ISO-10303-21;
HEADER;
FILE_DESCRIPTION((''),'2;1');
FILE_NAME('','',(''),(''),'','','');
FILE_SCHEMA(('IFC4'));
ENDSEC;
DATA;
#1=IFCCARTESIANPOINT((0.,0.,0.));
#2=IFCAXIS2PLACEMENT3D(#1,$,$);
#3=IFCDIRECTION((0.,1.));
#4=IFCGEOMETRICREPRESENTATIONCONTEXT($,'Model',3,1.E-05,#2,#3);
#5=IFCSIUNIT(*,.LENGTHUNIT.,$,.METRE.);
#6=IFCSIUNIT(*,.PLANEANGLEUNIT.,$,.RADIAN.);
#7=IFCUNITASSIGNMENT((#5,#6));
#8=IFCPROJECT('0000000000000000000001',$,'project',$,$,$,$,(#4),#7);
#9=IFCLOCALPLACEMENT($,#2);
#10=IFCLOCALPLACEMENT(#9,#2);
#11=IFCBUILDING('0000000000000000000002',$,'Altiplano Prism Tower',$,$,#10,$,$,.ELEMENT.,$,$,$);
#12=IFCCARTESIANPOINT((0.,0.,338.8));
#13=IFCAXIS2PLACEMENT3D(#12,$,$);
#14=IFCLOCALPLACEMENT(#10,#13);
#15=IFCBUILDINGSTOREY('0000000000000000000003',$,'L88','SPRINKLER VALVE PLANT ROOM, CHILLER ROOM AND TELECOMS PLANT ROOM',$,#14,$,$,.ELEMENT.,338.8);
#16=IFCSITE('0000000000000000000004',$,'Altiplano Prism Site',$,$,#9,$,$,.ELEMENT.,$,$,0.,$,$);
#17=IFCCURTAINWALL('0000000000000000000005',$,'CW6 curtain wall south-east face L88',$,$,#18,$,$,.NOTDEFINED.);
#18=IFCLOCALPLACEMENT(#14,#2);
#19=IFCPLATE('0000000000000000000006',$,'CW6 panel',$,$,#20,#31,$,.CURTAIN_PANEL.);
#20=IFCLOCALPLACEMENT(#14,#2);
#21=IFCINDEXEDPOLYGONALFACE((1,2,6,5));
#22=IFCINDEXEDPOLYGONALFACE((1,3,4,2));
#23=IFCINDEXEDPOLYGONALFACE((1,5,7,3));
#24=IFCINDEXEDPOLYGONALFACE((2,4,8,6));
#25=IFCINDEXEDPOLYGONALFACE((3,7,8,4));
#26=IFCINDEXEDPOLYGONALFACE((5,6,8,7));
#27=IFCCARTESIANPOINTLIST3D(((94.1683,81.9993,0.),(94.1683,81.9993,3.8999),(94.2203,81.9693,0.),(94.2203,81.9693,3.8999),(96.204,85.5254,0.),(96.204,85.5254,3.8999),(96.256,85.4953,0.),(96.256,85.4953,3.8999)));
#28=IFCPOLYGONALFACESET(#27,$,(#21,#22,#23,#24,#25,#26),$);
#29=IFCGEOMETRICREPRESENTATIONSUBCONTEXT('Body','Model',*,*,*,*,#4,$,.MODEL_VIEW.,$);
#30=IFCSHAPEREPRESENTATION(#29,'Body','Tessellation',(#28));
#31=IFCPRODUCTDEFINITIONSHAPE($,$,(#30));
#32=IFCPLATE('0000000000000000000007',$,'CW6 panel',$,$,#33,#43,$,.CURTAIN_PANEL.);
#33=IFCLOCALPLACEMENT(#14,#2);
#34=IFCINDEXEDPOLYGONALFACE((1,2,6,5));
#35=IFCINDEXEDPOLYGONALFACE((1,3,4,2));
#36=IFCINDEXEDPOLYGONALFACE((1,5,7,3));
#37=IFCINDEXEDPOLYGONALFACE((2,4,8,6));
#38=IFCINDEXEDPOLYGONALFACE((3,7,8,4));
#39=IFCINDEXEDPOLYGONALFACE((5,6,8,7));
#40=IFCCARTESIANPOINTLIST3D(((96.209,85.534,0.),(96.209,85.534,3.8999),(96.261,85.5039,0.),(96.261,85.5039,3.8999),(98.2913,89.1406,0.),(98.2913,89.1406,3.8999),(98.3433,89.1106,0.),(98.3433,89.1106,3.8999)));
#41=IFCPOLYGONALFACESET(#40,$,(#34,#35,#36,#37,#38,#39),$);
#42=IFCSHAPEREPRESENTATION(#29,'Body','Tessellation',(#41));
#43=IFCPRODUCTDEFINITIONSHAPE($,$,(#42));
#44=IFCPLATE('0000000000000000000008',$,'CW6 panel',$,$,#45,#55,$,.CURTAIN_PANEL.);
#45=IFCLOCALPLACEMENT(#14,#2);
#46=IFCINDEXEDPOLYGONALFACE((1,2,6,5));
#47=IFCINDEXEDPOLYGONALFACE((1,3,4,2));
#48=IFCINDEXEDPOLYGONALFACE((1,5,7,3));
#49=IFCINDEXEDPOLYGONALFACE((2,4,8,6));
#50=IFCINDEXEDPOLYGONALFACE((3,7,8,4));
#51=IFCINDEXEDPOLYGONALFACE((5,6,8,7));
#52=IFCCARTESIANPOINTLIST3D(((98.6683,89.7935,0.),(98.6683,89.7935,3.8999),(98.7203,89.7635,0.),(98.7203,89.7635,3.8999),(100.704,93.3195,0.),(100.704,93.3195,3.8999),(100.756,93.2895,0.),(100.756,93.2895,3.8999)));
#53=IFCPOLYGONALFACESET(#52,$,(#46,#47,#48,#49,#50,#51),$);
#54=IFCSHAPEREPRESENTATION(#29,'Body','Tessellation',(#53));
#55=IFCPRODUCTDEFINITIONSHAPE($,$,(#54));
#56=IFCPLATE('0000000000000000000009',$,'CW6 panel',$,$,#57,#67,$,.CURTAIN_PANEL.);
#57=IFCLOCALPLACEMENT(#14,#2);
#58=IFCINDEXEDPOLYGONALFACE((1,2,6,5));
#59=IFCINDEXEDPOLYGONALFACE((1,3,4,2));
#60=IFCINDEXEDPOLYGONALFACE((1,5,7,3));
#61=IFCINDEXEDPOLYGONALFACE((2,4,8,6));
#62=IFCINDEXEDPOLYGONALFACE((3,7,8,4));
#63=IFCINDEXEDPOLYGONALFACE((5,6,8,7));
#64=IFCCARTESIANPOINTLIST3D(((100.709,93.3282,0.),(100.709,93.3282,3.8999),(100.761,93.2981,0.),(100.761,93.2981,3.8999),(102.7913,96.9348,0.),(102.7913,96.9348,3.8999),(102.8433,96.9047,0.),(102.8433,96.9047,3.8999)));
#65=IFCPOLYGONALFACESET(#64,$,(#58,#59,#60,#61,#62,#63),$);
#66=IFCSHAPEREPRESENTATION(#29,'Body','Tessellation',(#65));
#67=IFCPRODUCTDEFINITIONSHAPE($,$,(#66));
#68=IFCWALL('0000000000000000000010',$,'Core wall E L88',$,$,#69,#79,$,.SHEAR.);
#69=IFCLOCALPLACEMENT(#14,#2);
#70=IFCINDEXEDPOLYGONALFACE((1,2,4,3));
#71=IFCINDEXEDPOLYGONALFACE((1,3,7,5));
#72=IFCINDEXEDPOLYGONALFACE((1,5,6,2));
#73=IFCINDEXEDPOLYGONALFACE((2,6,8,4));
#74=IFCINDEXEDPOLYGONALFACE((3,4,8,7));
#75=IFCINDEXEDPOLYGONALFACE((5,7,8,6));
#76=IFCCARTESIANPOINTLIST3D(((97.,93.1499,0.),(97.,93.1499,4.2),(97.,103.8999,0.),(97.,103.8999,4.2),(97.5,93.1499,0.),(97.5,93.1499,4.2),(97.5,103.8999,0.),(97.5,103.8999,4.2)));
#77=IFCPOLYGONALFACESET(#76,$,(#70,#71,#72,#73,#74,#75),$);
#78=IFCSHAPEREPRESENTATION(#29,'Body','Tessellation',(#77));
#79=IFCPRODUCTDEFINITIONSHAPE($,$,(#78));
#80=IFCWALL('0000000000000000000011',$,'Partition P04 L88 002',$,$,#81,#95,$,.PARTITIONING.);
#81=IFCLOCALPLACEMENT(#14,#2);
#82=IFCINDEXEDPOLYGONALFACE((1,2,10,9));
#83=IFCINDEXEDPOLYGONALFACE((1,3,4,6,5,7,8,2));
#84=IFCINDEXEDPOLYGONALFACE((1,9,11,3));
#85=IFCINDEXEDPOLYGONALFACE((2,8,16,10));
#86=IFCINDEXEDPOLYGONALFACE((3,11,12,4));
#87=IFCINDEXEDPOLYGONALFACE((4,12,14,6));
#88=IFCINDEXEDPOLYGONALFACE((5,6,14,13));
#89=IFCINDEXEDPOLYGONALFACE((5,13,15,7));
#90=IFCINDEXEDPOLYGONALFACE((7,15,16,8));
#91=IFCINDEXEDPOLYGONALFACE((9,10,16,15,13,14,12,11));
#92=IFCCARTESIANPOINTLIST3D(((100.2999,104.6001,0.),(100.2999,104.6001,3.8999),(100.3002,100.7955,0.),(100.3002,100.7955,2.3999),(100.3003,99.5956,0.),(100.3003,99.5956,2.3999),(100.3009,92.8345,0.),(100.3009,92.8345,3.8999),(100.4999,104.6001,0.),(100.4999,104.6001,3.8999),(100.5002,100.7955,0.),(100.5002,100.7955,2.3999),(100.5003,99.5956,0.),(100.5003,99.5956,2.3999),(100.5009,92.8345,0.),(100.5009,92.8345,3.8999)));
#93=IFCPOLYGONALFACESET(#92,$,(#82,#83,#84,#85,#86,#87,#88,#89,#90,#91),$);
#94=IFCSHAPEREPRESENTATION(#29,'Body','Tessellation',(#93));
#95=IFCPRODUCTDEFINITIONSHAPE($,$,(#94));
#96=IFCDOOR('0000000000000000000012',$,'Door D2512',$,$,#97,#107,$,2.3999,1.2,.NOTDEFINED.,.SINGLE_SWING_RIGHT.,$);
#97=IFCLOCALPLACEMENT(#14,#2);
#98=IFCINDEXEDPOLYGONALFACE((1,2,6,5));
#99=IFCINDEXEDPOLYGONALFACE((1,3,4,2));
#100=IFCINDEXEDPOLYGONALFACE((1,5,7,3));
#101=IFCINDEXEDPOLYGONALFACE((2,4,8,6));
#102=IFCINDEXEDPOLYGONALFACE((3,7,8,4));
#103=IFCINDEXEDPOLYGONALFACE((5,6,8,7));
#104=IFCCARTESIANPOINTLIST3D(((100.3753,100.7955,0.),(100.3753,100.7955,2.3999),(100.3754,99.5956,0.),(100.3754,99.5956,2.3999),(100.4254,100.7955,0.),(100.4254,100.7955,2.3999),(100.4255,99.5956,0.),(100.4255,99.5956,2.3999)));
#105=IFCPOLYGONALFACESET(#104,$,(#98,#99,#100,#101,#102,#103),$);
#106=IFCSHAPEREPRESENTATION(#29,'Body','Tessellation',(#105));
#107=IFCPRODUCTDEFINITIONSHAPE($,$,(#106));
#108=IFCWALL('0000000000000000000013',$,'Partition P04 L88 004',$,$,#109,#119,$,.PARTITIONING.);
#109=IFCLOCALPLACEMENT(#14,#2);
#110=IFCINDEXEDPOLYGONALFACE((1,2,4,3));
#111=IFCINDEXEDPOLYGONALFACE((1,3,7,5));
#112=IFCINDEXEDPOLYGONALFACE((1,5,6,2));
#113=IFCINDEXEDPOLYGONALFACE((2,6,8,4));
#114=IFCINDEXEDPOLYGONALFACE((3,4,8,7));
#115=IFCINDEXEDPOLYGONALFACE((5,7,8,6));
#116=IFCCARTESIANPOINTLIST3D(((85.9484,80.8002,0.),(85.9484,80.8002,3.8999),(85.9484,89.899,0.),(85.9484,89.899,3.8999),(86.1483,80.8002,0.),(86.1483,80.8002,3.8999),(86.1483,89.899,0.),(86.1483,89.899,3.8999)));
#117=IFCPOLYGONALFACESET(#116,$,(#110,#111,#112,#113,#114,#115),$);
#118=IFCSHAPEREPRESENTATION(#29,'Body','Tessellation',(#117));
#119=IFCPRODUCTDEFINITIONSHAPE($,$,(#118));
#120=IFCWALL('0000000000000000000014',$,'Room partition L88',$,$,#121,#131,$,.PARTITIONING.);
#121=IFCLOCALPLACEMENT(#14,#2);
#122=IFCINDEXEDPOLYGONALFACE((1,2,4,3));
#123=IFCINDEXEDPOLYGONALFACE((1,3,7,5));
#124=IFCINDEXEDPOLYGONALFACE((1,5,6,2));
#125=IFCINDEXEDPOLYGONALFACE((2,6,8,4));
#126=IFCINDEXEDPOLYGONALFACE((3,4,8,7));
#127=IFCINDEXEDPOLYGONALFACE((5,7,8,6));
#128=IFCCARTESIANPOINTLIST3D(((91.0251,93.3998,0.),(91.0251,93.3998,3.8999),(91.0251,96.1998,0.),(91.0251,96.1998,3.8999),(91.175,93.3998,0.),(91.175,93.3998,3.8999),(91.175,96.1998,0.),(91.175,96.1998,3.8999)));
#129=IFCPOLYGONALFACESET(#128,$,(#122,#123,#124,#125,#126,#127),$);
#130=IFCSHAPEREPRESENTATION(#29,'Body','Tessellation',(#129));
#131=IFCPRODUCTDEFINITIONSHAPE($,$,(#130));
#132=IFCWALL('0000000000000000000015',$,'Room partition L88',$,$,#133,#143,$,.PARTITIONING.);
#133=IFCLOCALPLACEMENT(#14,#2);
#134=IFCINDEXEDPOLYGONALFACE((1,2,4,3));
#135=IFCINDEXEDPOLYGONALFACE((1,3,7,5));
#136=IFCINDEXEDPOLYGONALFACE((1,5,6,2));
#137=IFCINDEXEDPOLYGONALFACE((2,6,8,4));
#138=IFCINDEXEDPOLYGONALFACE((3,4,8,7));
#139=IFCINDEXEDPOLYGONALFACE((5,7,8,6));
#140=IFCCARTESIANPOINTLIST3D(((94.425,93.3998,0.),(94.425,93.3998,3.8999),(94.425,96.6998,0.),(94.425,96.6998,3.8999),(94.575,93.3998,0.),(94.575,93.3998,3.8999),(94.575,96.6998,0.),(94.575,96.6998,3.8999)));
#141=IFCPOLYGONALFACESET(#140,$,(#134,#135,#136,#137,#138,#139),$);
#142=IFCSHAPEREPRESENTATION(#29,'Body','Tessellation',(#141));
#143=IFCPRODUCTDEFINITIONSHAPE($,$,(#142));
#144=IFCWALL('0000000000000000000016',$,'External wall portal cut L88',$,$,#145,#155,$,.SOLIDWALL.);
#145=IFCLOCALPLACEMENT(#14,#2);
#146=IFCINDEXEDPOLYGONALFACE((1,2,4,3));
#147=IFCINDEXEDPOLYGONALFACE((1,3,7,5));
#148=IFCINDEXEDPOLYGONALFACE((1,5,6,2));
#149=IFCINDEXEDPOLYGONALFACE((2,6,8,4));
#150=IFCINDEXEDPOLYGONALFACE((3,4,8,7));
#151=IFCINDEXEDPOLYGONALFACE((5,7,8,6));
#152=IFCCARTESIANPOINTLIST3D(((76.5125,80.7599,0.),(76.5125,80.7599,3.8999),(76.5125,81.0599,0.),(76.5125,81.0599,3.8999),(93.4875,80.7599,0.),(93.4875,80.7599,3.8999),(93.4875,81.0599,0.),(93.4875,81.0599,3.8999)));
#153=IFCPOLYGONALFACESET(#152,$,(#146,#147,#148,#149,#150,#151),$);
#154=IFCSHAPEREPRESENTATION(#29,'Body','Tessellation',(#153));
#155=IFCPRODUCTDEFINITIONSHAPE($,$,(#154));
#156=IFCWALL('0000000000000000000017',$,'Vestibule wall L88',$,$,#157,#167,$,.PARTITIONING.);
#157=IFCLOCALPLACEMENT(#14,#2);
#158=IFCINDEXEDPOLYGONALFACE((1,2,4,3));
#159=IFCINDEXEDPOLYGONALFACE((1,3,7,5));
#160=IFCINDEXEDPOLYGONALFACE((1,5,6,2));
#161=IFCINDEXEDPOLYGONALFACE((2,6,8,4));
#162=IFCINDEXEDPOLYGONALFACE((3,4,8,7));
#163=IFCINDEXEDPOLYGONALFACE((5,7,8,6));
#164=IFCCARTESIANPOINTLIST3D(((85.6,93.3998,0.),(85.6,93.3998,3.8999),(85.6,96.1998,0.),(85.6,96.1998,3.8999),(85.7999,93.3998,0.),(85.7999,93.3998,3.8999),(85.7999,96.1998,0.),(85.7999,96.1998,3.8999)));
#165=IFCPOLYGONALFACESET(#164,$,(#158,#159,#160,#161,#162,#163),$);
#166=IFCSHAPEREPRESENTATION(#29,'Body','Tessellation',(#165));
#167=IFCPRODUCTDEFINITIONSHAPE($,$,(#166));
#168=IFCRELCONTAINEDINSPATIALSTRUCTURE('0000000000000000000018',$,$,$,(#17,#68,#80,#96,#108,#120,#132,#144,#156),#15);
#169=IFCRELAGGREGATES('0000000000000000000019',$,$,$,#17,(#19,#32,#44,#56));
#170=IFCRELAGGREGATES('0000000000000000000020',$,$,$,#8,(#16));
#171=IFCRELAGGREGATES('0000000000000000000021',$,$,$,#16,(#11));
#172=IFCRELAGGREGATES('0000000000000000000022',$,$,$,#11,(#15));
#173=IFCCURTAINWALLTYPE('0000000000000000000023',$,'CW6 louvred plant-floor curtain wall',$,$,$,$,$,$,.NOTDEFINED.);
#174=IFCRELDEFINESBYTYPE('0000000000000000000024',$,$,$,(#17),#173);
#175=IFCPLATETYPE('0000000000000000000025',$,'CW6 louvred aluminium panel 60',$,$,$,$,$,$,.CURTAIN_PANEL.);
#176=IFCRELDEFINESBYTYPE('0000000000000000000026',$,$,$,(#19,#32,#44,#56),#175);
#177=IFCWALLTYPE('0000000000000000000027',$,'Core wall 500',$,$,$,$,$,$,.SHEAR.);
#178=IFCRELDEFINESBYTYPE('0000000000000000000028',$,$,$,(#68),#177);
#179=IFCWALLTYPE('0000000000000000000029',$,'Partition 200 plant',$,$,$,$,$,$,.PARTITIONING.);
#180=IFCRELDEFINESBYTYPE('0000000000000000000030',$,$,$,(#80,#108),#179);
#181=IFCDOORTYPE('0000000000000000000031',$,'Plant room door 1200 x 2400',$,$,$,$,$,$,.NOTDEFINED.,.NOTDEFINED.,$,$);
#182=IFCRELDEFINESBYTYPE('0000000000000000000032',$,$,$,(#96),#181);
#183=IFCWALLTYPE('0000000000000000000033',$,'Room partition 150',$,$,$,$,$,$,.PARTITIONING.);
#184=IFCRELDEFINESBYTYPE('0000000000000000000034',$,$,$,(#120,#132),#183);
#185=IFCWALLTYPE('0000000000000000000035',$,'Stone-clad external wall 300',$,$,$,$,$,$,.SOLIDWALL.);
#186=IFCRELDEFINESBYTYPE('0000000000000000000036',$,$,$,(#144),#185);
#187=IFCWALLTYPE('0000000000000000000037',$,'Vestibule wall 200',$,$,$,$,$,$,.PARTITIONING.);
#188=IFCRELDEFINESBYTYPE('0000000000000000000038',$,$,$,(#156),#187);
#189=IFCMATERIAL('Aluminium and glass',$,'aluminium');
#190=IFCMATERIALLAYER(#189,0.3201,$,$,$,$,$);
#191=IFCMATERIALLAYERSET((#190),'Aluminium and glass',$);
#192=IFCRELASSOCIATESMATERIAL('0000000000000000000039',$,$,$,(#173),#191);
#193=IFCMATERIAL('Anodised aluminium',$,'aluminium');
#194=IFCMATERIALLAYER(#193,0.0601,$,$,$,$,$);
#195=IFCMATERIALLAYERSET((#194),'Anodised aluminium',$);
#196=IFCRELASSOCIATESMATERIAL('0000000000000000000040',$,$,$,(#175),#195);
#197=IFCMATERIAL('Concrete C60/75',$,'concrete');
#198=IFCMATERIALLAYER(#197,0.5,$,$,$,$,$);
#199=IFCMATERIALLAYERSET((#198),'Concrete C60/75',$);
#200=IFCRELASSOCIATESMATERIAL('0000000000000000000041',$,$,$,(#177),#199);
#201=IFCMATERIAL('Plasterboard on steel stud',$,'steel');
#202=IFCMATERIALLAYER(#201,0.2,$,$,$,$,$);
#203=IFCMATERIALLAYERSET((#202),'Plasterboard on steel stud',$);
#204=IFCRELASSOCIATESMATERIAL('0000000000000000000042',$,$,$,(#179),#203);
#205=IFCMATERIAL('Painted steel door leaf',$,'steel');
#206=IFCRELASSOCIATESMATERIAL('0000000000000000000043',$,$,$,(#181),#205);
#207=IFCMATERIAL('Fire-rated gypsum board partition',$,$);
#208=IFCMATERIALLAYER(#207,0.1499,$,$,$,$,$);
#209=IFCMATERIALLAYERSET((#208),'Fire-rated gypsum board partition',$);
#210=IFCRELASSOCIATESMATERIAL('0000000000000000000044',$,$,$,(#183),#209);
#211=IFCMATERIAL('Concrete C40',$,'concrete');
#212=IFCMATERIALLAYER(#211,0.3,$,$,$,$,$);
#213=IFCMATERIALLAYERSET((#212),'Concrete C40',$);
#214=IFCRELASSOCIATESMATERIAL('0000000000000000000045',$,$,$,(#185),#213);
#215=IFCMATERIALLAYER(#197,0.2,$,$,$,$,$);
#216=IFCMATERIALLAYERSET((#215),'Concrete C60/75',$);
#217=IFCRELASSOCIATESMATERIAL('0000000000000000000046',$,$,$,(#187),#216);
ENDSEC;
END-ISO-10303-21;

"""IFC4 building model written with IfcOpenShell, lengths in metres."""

from ifc_helpers import new_model, si_unit, direction, frame, frame_2d, origin, origin_2d, place, context, subcontext, project, spatial, rectangle, extrude, material, layer, layer_set, type_object, element, fill, aggregate, save


model = new_model("IFC4")

# Units and contexts
model_context = context("Model", 3, precision=1e-05, world=origin(), true_north=direction((0.0, 1.0)))
body_context = subcontext(model_context, "Body", "Model", "MODEL_VIEW")
ifc_project = project(units=[si_unit("LENGTHUNIT", "METRE"), si_unit("PLANEANGLEUNIT", "RADIAN")], contexts=[model_context])

# Site, building, storey
site_placement = place(None, origin())
site = spatial("IfcSite", under=ifc_project, at=site_placement, Name="Altiplano Prism Site", CompositionType="ELEMENT", RefElevation=0.0)
building_placement = place(site_placement, origin())
building = spatial("IfcBuilding", under=site, at=building_placement, Name="Altiplano Prism Tower", CompositionType="ELEMENT")
storey_placement = place(building_placement, frame((0.0, 0.0, 338.8)))
storey = spatial("IfcBuildingStorey", under=building, at=storey_placement, Name="L88", Description="SPRINKLER VALVE PLANT ROOM, CHILLER ROOM AND TELECOMS PLANT ROOM", CompositionType="ELEMENT", Elevation=338.8)

# Shared definitions
ifc_material_1 = material(Name="Concrete C60/75", Category="concrete")

# Curtain wall
ifc_material_2 = material(Name="Aluminium and glass", Category="aluminium")
ifc_layer_1 = layer(ifc_material_2, 0.3201)
ifc_layer_set_1 = layer_set([ifc_layer_1], Name="Aluminium and glass")
curtain_wall_type = type_object("IfcCurtainWallType", Name="CW6 louvred plant-floor curtain wall", PredefinedType="NOTDEFINED", material=ifc_layer_set_1)
curtain_wall_placement = place(storey_placement, origin())
curtain_wall = element("IfcCurtainWall", 1, at=curtain_wall_placement, inside=storey, type_object=curtain_wall_type, Name="CW6 curtain wall south-east face L88", PredefinedType="NOTDEFINED")

# Plates
ifc_material_3 = material(Name="Anodised aluminium", Category="aluminium")
ifc_layer_2 = layer(ifc_material_3, 0.0601)
ifc_layer_set_2 = layer_set([ifc_layer_2], Name="Anodised aluminium")
plate_type = type_object("IfcPlateType", Name="CW6 louvred aluminium panel 60", PredefinedType="CURTAIN_PANEL", material=ifc_layer_set_2)
plate_1_placement = place(storey_placement, frame((95.2122, 83.7473, 0.0), z_axis=(0.0, 0.0, 1.0), x_axis=(0.5, 0.866025, 0.0)))
plate_1 = element("IfcPlate", 2, at=plate_1_placement, type_object=plate_type, Name="CW6 panel", PredefinedType="CURTAIN_PANEL", context=body_context, shape_type="SweptSolid", body=[
    extrude(rectangle(XDim=4.0715, YDim=0.0601, at=origin_2d()), origin(), (0.0, 0.0, 1.0), 3.8999),
])
plate_2_placement = place(storey_placement, frame((97.2761, 87.3223, 0.0), z_axis=(0.0, 0.0, 1.0), x_axis=(0.5, 0.866025, 0.0)))
plate_2 = element("IfcPlate", 3, at=plate_2_placement, type_object=plate_type, Name="CW6 panel", PredefinedType="CURTAIN_PANEL", context=body_context, shape_type="SweptSolid", body=[
    extrude(rectangle(XDim=4.1646, YDim=0.0601, at=origin_2d()), origin(), (0.0, 0.0, 1.0), 3.8999),
])
plate_3_placement = place(storey_placement, frame((99.7122, 91.5415, 0.0), z_axis=(0.0, 0.0, 1.0), x_axis=(0.5, 0.866025, 0.0)))
plate_3 = element("IfcPlate", 4, at=plate_3_placement, type_object=plate_type, Name="CW6 panel", PredefinedType="CURTAIN_PANEL", context=body_context, shape_type="SweptSolid", body=[
    extrude(rectangle(XDim=4.0715, YDim=0.0601, at=origin_2d()), origin(), (0.0, 0.0, 1.0), 3.8999),
])
plate_4_placement = place(storey_placement, frame((101.7761, 95.1165, 0.0), z_axis=(0.0, 0.0, 1.0), x_axis=(0.5, 0.866025, 0.0)))
plate_4 = element("IfcPlate", 5, at=plate_4_placement, type_object=plate_type, Name="CW6 panel", PredefinedType="CURTAIN_PANEL", context=body_context, shape_type="SweptSolid", body=[
    extrude(rectangle(XDim=4.1646, YDim=0.0601, at=origin_2d()), origin(), (0.0, 0.0, 1.0), 3.8999),
])
aggregate(curtain_wall, [plate_1, plate_2, plate_3, plate_4])

# Wall
ifc_layer_3 = layer(ifc_material_1, 0.5)
ifc_layer_set_3 = layer_set([ifc_layer_3], Name="Concrete C60/75")
wall_type_1 = type_object("IfcWallType", Name="Core wall 500", PredefinedType="SHEAR", material=ifc_layer_set_3)
wall_1_placement = place(storey_placement, frame((97.25, 93.1499, 0.0), z_axis=(0.0, 0.0, 1.0), x_axis=(0.0, 1.0, 0.0)))
element("IfcWall", 6, at=wall_1_placement, inside=storey, type_object=wall_type_1, Name="Core wall E L88", PredefinedType="SHEAR", context=body_context, shape_type="SweptSolid", body=[
    extrude(rectangle(XDim=10.75, YDim=0.5, at=frame_2d((5.375, 0.0))), origin(), (0.0, 0.0, 1.0), 4.2),
])

# Wall, opening, door
ifc_material_4 = material(Name="Plasterboard on steel stud", Category="steel")
ifc_layer_4 = layer(ifc_material_4, 0.2)
ifc_layer_set_4 = layer_set([ifc_layer_4], Name="Plasterboard on steel stud")
wall_type_2 = type_object("IfcWallType", Name="Partition 200 plant", PredefinedType="PARTITIONING", material=ifc_layer_set_4)
wall_2_placement = place(storey_placement, frame((100.4009, 92.8345, 0.0), z_axis=(0.0, 0.0, 1.0), x_axis=(-0.000083, 1.0, 0.0)))
wall_2 = element("IfcWall", 7, at=wall_2_placement, inside=storey, type_object=wall_type_2, Name="Partition P04 L88 002", PredefinedType="PARTITIONING", context=body_context, shape_type="SweptSolid", body=[
    extrude(rectangle(XDim=11.7656, YDim=0.2, at=frame_2d((5.8828, 0.0))), origin(), (0.0, 0.0, 1.0), 3.8999),
])
opening_1_placement = place(wall_2_placement, frame((6.761, 0.0, 0.0)))
opening_1 = element("IfcOpeningElement", 8, at=opening_1_placement, cuts=wall_2, PredefinedType="OPENING", context=body_context, shape_type="SweptSolid", body=[
    extrude(rectangle(XDim=1.2, YDim=2.3999, at=frame_2d((0.6001, 1.2))), frame((0.0, 0.1104, 0.0), z_axis=(0.0, -1.0, 0.0), x_axis=(1.0, 0.0, 0.0)), (0.0, 0.0, 1.0), 0.2209),
])
ifc_material_5 = material(Name="Painted steel door leaf", Category="steel")
door_type_1 = type_object("IfcDoorType", Name="Plant room door 1200 x 2400", OperationType="NOTDEFINED", PredefinedType="NOTDEFINED", material=ifc_material_5)
door_1_placement = place(opening_1_placement, origin())
door_1 = element("IfcDoor", 9, at=door_1_placement, inside=storey, type_object=door_type_1, Name="Door D2512", OperationType="SINGLE_SWING_RIGHT", OverallHeight=2.3999, OverallWidth=1.2, PredefinedType="NOTDEFINED", context=body_context, shape_type="SweptSolid", body=[
    extrude(rectangle(XDim=1.2, YDim=2.3999, at=frame_2d((0.6001, 1.2))), frame((0.0, 0.0249, 0.0), z_axis=(0.0, -1.0, 0.0), x_axis=(1.0, 0.0, 0.0)), (0.0, 0.0, 1.0), 0.05),
])
fill(opening_1, door_1)

# Walls
wall_3_placement = place(storey_placement, frame((86.0483, 89.8989, 0.0), z_axis=(0.0, 0.0, 1.0), x_axis=(0.0, -1.0, 0.0)))
element("IfcWall", 10, at=wall_3_placement, inside=storey, type_object=wall_type_2, Name="Partition P04 L88 004", PredefinedType="PARTITIONING", context=body_context, shape_type="SweptSolid", body=[
    extrude(rectangle(XDim=9.0989, YDim=0.2, at=frame_2d((4.5493, 0.0))), origin(), (0.0, 0.0, 1.0), 3.8999),
])
ifc_material_6 = material(Name="Fire-rated gypsum board partition")
ifc_layer_5 = layer(ifc_material_6, 0.1499)
ifc_layer_set_5 = layer_set([ifc_layer_5], Name="Fire-rated gypsum board partition")
wall_type_3 = type_object("IfcWallType", Name="Room partition 150", PredefinedType="PARTITIONING", material=ifc_layer_set_5)
wall_4_placement = place(storey_placement, frame((91.1001, 93.3999, 0.0), z_axis=(0.0, 0.0, 1.0), x_axis=(0.0, 1.0, 0.0)))
element("IfcWall", 11, at=wall_4_placement, inside=storey, type_object=wall_type_3, Name="Room partition L88", PredefinedType="PARTITIONING", context=body_context, shape_type="SweptSolid", body=[
    extrude(rectangle(XDim=2.8, YDim=0.1499, at=frame_2d((1.3999, 0.0))), origin(), (0.0, 0.0, 1.0), 3.8999),
])
wall_5_placement = place(storey_placement, frame((94.5, 93.3999, 0.0), z_axis=(0.0, 0.0, 1.0), x_axis=(0.0, 1.0, 0.0)))
element("IfcWall", 12, at=wall_5_placement, inside=storey, type_object=wall_type_3, Name="Room partition L88", PredefinedType="PARTITIONING", context=body_context, shape_type="SweptSolid", body=[
    extrude(rectangle(XDim=3.3, YDim=0.1499, at=frame_2d((1.6499, 0.0))), origin(), (0.0, 0.0, 1.0), 3.8999),
])
ifc_material_7 = material(Name="Concrete C40", Category="concrete")
ifc_layer_6 = layer(ifc_material_7, 0.3)
ifc_layer_set_6 = layer_set([ifc_layer_6], Name="Concrete C40")
wall_type_4 = type_object("IfcWallType", Name="Stone-clad external wall 300", PredefinedType="SOLIDWALL", material=ifc_layer_set_6)
wall_6_placement = place(storey_placement, frame((93.4875, 80.9099, 0.0), z_axis=(0.0, 0.0, 1.0), x_axis=(-1.0, 0.0, 0.0)))
element("IfcWall", 13, at=wall_6_placement, inside=storey, type_object=wall_type_4, Name="External wall portal cut L88", PredefinedType="SOLIDWALL", context=body_context, shape_type="SweptSolid", body=[
    extrude(rectangle(XDim=16.9751, YDim=0.3, at=frame_2d((8.4875, 0.0))), origin(), (0.0, 0.0, 1.0), 3.8999),
])
ifc_layer_7 = layer(ifc_material_1, 0.2)
ifc_layer_set_7 = layer_set([ifc_layer_7], Name="Concrete C60/75")
wall_type_5 = type_object("IfcWallType", Name="Vestibule wall 200", PredefinedType="PARTITIONING", material=ifc_layer_set_7)
wall_7_placement = place(storey_placement, frame((85.7, 93.3999, 0.0), z_axis=(0.0, 0.0, 1.0), x_axis=(0.0, 1.0, 0.0)))
element("IfcWall", 14, at=wall_7_placement, inside=storey, type_object=wall_type_5, Name="Vestibule wall L88", PredefinedType="PARTITIONING", context=body_context, shape_type="SweptSolid", body=[
    extrude(rectangle(XDim=2.8, YDim=0.2, at=frame_2d((1.3999, 0.0))), origin(), (0.0, 0.0, 1.0), 3.8999),
])

save(model, "model.ifc")
